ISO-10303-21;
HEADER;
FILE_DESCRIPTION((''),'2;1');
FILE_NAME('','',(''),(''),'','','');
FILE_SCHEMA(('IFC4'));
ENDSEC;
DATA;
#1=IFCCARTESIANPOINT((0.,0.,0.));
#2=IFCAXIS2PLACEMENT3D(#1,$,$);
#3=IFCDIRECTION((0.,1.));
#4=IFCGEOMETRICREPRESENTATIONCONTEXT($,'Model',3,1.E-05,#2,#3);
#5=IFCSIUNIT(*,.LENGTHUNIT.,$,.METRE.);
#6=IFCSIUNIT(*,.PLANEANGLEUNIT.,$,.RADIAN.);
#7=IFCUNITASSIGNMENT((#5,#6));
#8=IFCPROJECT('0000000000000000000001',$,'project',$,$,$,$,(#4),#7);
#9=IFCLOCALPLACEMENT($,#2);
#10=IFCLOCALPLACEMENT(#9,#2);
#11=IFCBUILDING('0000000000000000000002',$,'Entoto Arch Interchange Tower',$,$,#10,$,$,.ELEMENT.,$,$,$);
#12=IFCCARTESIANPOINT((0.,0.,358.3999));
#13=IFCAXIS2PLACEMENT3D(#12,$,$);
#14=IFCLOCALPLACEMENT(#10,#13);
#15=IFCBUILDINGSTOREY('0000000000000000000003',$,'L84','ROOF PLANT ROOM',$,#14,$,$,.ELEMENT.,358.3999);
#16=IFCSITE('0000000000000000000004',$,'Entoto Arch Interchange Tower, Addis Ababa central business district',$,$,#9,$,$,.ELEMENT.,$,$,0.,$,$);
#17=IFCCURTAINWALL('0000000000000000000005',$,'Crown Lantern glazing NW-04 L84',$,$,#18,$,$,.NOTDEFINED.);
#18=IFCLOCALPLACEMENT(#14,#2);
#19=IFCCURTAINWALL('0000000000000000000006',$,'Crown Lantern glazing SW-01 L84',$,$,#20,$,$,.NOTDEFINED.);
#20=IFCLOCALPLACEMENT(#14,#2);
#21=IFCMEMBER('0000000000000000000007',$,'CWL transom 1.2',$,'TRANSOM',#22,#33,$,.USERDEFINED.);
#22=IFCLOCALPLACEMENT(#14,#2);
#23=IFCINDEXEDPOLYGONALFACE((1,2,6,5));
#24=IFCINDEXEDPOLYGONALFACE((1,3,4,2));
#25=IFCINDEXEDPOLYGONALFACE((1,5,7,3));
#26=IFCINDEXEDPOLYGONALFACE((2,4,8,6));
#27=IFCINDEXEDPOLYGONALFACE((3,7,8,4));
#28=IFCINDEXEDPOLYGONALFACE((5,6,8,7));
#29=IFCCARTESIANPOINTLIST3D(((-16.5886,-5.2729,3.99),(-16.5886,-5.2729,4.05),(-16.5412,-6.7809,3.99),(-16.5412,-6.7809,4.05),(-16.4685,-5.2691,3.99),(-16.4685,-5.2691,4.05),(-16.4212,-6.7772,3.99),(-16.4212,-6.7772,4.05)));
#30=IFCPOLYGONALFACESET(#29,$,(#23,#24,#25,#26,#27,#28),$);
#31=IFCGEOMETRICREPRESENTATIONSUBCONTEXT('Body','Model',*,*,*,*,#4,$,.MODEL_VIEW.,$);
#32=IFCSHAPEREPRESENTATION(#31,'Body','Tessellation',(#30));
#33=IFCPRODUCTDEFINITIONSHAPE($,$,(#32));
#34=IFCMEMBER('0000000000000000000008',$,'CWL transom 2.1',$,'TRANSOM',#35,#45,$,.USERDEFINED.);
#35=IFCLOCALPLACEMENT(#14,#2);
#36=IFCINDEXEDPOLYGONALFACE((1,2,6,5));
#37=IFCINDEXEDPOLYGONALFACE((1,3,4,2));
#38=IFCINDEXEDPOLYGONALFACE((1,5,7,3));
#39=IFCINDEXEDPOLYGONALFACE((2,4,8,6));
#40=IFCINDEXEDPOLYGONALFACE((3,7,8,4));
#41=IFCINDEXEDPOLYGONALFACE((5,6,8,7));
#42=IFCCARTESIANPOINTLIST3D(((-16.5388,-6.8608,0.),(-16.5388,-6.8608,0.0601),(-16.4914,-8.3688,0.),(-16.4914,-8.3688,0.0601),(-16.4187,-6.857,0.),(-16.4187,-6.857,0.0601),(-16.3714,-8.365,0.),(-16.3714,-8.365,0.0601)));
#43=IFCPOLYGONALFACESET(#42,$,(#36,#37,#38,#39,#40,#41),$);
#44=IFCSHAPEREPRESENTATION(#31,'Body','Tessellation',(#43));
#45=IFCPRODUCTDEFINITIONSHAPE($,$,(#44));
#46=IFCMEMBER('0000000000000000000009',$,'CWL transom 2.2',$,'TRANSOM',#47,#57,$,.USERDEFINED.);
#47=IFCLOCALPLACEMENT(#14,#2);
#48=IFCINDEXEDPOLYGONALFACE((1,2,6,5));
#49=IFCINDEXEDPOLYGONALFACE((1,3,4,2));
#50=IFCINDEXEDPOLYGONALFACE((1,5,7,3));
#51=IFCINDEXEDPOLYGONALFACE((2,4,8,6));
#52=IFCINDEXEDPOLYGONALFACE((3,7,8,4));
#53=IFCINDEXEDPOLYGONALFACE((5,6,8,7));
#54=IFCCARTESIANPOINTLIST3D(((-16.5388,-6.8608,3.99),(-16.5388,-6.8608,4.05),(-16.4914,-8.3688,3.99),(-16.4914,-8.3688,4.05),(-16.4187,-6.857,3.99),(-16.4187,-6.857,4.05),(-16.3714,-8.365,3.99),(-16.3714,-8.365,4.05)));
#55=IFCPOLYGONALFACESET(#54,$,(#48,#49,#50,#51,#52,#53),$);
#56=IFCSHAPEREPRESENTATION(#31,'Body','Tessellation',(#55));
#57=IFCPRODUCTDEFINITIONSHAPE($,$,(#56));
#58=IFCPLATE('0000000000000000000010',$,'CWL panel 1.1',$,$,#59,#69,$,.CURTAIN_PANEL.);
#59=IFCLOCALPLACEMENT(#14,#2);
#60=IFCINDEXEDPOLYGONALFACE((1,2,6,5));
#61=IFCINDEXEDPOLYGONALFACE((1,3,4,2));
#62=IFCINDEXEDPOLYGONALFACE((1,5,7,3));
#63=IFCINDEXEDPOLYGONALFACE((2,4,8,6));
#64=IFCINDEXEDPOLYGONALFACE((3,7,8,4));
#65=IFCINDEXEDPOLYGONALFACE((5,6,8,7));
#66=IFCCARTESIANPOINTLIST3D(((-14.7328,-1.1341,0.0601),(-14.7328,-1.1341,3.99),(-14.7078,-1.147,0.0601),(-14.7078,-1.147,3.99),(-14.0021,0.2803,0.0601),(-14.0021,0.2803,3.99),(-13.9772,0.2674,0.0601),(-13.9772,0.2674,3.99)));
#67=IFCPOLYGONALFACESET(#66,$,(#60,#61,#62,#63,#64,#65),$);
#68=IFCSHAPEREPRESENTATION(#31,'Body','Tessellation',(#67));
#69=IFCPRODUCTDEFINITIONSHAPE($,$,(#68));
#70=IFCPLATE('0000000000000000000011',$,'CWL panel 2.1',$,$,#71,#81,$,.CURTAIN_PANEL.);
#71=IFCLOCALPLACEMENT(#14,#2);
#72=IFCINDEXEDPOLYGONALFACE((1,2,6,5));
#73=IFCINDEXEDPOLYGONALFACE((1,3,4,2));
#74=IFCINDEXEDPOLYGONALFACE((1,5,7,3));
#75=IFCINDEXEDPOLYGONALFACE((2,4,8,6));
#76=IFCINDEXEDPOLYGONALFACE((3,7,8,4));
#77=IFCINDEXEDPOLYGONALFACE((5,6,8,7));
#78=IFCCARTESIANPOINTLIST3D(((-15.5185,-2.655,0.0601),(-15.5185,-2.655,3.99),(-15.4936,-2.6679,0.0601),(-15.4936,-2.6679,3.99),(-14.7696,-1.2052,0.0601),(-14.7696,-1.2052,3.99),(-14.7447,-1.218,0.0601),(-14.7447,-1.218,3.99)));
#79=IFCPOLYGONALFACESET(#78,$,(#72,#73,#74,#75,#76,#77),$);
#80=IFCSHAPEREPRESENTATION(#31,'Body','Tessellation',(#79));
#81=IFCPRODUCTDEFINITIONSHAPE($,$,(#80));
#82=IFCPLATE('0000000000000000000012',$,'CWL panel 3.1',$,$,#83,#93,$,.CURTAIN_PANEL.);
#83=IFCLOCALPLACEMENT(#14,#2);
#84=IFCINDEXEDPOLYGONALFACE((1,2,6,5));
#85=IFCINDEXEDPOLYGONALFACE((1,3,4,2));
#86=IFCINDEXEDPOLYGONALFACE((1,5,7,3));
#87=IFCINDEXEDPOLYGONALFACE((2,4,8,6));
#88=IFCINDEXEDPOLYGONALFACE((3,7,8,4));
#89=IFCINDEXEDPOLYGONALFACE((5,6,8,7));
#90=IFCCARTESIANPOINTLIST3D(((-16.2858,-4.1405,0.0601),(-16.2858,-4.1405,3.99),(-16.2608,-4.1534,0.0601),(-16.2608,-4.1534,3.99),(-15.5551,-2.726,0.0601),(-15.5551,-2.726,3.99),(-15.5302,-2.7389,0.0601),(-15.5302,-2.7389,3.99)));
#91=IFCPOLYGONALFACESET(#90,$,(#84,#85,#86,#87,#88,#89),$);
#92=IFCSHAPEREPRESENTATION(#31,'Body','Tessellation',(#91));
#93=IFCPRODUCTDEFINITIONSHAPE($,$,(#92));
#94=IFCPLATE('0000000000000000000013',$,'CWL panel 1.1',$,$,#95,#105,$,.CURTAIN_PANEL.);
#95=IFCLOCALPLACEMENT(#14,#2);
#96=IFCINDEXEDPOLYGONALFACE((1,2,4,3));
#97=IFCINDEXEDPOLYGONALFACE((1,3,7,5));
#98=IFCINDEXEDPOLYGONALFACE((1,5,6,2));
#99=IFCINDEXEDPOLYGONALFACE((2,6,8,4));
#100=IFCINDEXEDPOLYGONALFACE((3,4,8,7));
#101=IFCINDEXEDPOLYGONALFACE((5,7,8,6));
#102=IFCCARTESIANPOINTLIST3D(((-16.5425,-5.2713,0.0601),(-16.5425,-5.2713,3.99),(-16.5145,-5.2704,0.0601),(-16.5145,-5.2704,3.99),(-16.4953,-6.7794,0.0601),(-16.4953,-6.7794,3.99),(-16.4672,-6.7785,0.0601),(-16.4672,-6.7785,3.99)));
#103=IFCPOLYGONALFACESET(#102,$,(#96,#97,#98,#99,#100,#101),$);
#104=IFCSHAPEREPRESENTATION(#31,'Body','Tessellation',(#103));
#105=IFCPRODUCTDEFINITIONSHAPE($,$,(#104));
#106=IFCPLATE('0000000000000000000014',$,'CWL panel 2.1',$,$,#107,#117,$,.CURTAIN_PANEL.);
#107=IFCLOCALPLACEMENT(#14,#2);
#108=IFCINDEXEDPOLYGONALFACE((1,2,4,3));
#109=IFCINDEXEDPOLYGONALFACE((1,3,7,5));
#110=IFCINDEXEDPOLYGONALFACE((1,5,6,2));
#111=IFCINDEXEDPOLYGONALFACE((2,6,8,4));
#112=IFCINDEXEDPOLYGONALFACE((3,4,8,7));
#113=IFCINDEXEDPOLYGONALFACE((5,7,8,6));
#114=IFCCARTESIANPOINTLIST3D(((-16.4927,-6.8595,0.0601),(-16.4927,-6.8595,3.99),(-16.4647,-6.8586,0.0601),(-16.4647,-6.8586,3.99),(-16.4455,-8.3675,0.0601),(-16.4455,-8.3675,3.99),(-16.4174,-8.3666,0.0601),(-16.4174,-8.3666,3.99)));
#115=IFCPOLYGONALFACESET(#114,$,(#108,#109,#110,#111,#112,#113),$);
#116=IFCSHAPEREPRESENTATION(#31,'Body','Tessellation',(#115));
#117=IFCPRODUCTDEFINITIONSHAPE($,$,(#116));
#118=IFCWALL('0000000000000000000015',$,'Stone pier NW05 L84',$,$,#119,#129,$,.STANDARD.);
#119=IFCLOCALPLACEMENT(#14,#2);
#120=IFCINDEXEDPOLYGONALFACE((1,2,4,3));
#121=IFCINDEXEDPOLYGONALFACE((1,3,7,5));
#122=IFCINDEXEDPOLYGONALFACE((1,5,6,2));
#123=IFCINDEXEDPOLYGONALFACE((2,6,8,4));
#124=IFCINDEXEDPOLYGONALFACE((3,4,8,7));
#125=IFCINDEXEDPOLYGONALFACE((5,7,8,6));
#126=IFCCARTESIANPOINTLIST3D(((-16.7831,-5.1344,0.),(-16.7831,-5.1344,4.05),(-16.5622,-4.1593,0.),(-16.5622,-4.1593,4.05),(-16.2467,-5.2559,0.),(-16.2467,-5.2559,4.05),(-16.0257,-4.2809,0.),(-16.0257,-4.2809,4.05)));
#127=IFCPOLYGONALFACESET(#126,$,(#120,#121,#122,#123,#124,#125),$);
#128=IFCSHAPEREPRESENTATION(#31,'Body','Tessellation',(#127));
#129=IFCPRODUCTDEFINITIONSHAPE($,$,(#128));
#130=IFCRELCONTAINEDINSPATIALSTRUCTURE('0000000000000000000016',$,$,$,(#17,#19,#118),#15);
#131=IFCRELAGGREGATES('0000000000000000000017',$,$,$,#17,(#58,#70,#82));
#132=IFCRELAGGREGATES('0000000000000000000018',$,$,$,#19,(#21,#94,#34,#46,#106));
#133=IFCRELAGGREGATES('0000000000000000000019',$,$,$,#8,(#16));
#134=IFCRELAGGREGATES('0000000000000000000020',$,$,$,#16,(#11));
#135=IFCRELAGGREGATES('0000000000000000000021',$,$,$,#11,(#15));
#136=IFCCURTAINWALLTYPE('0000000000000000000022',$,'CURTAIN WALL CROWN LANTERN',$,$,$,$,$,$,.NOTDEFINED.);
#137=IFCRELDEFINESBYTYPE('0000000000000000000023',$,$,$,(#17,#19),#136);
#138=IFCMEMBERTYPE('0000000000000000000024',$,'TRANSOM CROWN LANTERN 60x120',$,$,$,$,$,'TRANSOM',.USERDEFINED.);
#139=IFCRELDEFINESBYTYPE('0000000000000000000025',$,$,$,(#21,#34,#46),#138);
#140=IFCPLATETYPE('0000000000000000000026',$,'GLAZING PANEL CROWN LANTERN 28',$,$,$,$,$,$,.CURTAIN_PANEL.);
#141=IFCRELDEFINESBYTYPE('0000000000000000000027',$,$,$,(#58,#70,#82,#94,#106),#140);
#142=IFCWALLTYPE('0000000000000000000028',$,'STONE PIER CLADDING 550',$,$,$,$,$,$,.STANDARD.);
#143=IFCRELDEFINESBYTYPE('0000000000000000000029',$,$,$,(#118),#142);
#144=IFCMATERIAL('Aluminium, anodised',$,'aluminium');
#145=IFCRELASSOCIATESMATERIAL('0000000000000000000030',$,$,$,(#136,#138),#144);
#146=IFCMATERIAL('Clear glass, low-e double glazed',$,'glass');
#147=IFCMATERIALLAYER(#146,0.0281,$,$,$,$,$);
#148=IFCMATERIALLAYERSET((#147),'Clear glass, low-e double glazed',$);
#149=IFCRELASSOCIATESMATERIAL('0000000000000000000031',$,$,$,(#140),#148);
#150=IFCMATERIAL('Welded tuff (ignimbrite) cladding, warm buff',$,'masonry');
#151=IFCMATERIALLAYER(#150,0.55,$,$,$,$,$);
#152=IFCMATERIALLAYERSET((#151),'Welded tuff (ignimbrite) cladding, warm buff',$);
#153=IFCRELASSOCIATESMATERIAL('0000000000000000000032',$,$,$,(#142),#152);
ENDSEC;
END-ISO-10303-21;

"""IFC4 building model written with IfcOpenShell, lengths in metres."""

from ifc_helpers import new_model, si_unit, direction, frame, frame_2d, origin, origin_2d, place, context, subcontext, project, spatial, rectangle, extrude, material, layer, layer_set, material_profile, profile_set, type_object, element, aggregate, save


model = new_model("IFC4")

# Units and contexts
model_context = context("Model", 3, precision=1e-05, world=origin(), true_north=direction((0.0, 1.0)))
body_context = subcontext(model_context, "Body", "Model", "MODEL_VIEW")
ifc_project = project(units=[si_unit("LENGTHUNIT", "METRE"), si_unit("PLANEANGLEUNIT", "RADIAN")], contexts=[model_context])

# Site, building, storey
site_placement = place(None, origin())
site = spatial("IfcSite", under=ifc_project, at=site_placement, Name="Entoto Arch Interchange Tower, Addis Ababa central business district", CompositionType="ELEMENT", RefElevation=0.0)
building_placement = place(site_placement, origin())
building = spatial("IfcBuilding", under=site, at=building_placement, Name="Entoto Arch Interchange Tower", CompositionType="ELEMENT")
storey_placement = place(building_placement, frame((0.0, 0.0, 358.3999)))
storey = spatial("IfcBuildingStorey", under=building, at=storey_placement, Name="L84", Description="ROOF PLANT ROOM", CompositionType="ELEMENT", Elevation=358.3999)

# Curtain walls
ifc_material_1 = material(Name="Aluminium, anodised", Category="aluminium")
curtain_wall_type = type_object("IfcCurtainWallType", Name="CURTAIN WALL CROWN LANTERN", PredefinedType="NOTDEFINED", material=ifc_material_1)
curtain_wall_1_placement = place(storey_placement, origin())
curtain_wall_1 = element("IfcCurtainWall", 1, at=curtain_wall_1_placement, inside=storey, type_object=curtain_wall_type, Name="Crown Lantern glazing NW-04 L84", PredefinedType="NOTDEFINED")
curtain_wall_2_placement = place(storey_placement, origin())
curtain_wall_2 = element("IfcCurtainWall", 2, at=curtain_wall_2_placement, inside=storey, type_object=curtain_wall_type, Name="Crown Lantern glazing SW-01 L84", PredefinedType="NOTDEFINED")

# Members
ifc_material_profile_1 = material_profile(ifc_material_1, rectangle(XDim=0.1201, YDim=0.0601, at=origin_2d()))
ifc_profile_set_1 = profile_set([ifc_material_profile_1], Name="Aluminium, anodised")
member_type_1 = type_object("IfcMemberType", Name="TRANSOM CROWN LANTERN 60x120", ElementType="TRANSOM", PredefinedType="USERDEFINED", material=ifc_profile_set_1)
member_1_placement = place(storey_placement, frame((-16.5286, -5.271, 4.02), z_axis=(0.031391, -0.999507, 0.0), x_axis=(0.999507, 0.031391, 0.0)))
member_1 = element("IfcMember", 3, at=member_1_placement, type_object=member_type_1, Name="CWL transom 1.2", ObjectType="TRANSOM", PredefinedType="USERDEFINED", context=body_context, shape_type="SweptSolid", body=[
    extrude(rectangle(XDim=0.1201, YDim=0.0601, at=origin_2d()), origin(), (0.0, 0.0, 1.0), 1.5088),
])
member_2_placement = place(storey_placement, frame((-16.4788, -6.8589, 0.03), z_axis=(0.031391, -0.999507, 0.0), x_axis=(0.999507, 0.031391, 0.0)))
member_2 = element("IfcMember", 4, at=member_2_placement, type_object=member_type_1, Name="CWL transom 2.1", ObjectType="TRANSOM", PredefinedType="USERDEFINED", context=body_context, shape_type="SweptSolid", body=[
    extrude(rectangle(XDim=0.1201, YDim=0.0601, at=origin_2d()), origin(), (0.0, 0.0, 1.0), 1.5088),
])
member_3_placement = place(storey_placement, frame((-16.4788, -6.8589, 4.02), z_axis=(0.031391, -0.999507, 0.0), x_axis=(0.999507, 0.031391, 0.0)))
member_3 = element("IfcMember", 5, at=member_3_placement, type_object=member_type_1, Name="CWL transom 2.2", ObjectType="TRANSOM", PredefinedType="USERDEFINED", context=body_context, shape_type="SweptSolid", body=[
    extrude(rectangle(XDim=0.1201, YDim=0.0601, at=origin_2d()), origin(), (0.0, 0.0, 1.0), 1.5088),
])

# Plates
ifc_material_2 = material(Name="Clear glass, low-e double glazed", Category="glass")
ifc_layer_1 = layer(ifc_material_2, 0.0281)
ifc_layer_set_1 = layer_set([ifc_layer_1], Name="Clear glass, low-e double glazed")
plate_type = type_object("IfcPlateType", Name="GLAZING PANEL CROWN LANTERN 28", PredefinedType="CURTAIN_PANEL", material=ifc_layer_set_1)
plate_1_placement = place(storey_placement, frame((-14.355, -0.4333, 0.0601), z_axis=(0.0, 0.0, 1.0), x_axis=(-0.458936, -0.88847, 0.0)))
plate_1 = element("IfcPlate", 6, at=plate_1_placement, type_object=plate_type, Name="CWL panel 1.1", PredefinedType="CURTAIN_PANEL", context=body_context, shape_type="SweptSolid", body=[
    extrude(rectangle(XDim=1.592, YDim=0.0281, at=origin_2d()), origin(), (0.0, 0.0, 1.0), 3.9299),
])
plate_2_placement = place(storey_placement, frame((-15.1316, -1.9365, 0.0601), z_axis=(0.0, 0.0, 1.0), x_axis=(-0.458936, -0.88847, 0.0)))
plate_2 = element("IfcPlate", 7, at=plate_2_placement, type_object=plate_type, Name="CWL panel 2.1", PredefinedType="CURTAIN_PANEL", context=body_context, shape_type="SweptSolid", body=[
    extrude(rectangle(XDim=1.6318, YDim=0.0281, at=origin_2d()), origin(), (0.0, 0.0, 1.0), 3.9299),
])
plate_3_placement = place(storey_placement, frame((-15.908, -3.4397, 0.0601), z_axis=(0.0, 0.0, 1.0), x_axis=(-0.458936, -0.88847, 0.0)))
plate_3 = element("IfcPlate", 8, at=plate_3_placement, type_object=plate_type, Name="CWL panel 3.1", PredefinedType="CURTAIN_PANEL", context=body_context, shape_type="SweptSolid", body=[
    extrude(rectangle(XDim=1.592, YDim=0.0281, at=origin_2d()), origin(), (0.0, 0.0, 1.0), 3.9299),
])
aggregate(curtain_wall_1, [plate_1, plate_2, plate_3])
plate_4_placement = place(storey_placement, frame((-16.5049, -6.0249, 0.0601), z_axis=(0.0, 0.0, 1.0), x_axis=(0.031311, -0.99951, 0.0)))
plate_4 = element("IfcPlate", 9, at=plate_4_placement, type_object=plate_type, Name="CWL panel 1.1", PredefinedType="CURTAIN_PANEL", context=body_context, shape_type="SweptSolid", body=[
    extrude(rectangle(XDim=1.5088, YDim=0.0281, at=origin_2d()), origin(), (0.0, 0.0, 1.0), 3.9299),
])
plate_5_placement = place(storey_placement, frame((-16.4551, -7.613, 0.0601), z_axis=(0.0, 0.0, 1.0), x_axis=(0.031311, -0.99951, 0.0)))
plate_5 = element("IfcPlate", 10, at=plate_5_placement, type_object=plate_type, Name="CWL panel 2.1", PredefinedType="CURTAIN_PANEL", context=body_context, shape_type="SweptSolid", body=[
    extrude(rectangle(XDim=1.5088, YDim=0.0281, at=origin_2d()), origin(), (0.0, 0.0, 1.0), 3.9299),
])
aggregate(curtain_wall_2, [member_1, plate_4, member_2, member_3, plate_5])

# Wall
ifc_material_3 = material(Name="Welded tuff (ignimbrite) cladding, warm buff", Category="masonry")
ifc_layer_2 = layer(ifc_material_3, 0.55)
ifc_layer_set_2 = layer_set([ifc_layer_2], Name="Welded tuff (ignimbrite) cladding, warm buff")
wall_type = type_object("IfcWallType", Name="STONE PIER CLADDING 550", PredefinedType="STANDARD", material=ifc_layer_set_2)
wall_placement = place(storey_placement, frame((-16.2939, -4.22, 0.0), z_axis=(0.0, 0.0, 1.0), x_axis=(-0.220988, -0.975277, 0.0)))
element("IfcWall", 11, at=wall_placement, inside=storey, type_object=wall_type, Name="Stone pier NW05 L84", PredefinedType="STANDARD", context=body_context, shape_type="SweptSolid", body=[
    extrude(rectangle(XDim=0.9998, YDim=0.55, at=frame_2d((0.5, 0.0))), origin(), (0.0, 0.0, 1.0), 4.05),
])

save(model, "model.ifc")
